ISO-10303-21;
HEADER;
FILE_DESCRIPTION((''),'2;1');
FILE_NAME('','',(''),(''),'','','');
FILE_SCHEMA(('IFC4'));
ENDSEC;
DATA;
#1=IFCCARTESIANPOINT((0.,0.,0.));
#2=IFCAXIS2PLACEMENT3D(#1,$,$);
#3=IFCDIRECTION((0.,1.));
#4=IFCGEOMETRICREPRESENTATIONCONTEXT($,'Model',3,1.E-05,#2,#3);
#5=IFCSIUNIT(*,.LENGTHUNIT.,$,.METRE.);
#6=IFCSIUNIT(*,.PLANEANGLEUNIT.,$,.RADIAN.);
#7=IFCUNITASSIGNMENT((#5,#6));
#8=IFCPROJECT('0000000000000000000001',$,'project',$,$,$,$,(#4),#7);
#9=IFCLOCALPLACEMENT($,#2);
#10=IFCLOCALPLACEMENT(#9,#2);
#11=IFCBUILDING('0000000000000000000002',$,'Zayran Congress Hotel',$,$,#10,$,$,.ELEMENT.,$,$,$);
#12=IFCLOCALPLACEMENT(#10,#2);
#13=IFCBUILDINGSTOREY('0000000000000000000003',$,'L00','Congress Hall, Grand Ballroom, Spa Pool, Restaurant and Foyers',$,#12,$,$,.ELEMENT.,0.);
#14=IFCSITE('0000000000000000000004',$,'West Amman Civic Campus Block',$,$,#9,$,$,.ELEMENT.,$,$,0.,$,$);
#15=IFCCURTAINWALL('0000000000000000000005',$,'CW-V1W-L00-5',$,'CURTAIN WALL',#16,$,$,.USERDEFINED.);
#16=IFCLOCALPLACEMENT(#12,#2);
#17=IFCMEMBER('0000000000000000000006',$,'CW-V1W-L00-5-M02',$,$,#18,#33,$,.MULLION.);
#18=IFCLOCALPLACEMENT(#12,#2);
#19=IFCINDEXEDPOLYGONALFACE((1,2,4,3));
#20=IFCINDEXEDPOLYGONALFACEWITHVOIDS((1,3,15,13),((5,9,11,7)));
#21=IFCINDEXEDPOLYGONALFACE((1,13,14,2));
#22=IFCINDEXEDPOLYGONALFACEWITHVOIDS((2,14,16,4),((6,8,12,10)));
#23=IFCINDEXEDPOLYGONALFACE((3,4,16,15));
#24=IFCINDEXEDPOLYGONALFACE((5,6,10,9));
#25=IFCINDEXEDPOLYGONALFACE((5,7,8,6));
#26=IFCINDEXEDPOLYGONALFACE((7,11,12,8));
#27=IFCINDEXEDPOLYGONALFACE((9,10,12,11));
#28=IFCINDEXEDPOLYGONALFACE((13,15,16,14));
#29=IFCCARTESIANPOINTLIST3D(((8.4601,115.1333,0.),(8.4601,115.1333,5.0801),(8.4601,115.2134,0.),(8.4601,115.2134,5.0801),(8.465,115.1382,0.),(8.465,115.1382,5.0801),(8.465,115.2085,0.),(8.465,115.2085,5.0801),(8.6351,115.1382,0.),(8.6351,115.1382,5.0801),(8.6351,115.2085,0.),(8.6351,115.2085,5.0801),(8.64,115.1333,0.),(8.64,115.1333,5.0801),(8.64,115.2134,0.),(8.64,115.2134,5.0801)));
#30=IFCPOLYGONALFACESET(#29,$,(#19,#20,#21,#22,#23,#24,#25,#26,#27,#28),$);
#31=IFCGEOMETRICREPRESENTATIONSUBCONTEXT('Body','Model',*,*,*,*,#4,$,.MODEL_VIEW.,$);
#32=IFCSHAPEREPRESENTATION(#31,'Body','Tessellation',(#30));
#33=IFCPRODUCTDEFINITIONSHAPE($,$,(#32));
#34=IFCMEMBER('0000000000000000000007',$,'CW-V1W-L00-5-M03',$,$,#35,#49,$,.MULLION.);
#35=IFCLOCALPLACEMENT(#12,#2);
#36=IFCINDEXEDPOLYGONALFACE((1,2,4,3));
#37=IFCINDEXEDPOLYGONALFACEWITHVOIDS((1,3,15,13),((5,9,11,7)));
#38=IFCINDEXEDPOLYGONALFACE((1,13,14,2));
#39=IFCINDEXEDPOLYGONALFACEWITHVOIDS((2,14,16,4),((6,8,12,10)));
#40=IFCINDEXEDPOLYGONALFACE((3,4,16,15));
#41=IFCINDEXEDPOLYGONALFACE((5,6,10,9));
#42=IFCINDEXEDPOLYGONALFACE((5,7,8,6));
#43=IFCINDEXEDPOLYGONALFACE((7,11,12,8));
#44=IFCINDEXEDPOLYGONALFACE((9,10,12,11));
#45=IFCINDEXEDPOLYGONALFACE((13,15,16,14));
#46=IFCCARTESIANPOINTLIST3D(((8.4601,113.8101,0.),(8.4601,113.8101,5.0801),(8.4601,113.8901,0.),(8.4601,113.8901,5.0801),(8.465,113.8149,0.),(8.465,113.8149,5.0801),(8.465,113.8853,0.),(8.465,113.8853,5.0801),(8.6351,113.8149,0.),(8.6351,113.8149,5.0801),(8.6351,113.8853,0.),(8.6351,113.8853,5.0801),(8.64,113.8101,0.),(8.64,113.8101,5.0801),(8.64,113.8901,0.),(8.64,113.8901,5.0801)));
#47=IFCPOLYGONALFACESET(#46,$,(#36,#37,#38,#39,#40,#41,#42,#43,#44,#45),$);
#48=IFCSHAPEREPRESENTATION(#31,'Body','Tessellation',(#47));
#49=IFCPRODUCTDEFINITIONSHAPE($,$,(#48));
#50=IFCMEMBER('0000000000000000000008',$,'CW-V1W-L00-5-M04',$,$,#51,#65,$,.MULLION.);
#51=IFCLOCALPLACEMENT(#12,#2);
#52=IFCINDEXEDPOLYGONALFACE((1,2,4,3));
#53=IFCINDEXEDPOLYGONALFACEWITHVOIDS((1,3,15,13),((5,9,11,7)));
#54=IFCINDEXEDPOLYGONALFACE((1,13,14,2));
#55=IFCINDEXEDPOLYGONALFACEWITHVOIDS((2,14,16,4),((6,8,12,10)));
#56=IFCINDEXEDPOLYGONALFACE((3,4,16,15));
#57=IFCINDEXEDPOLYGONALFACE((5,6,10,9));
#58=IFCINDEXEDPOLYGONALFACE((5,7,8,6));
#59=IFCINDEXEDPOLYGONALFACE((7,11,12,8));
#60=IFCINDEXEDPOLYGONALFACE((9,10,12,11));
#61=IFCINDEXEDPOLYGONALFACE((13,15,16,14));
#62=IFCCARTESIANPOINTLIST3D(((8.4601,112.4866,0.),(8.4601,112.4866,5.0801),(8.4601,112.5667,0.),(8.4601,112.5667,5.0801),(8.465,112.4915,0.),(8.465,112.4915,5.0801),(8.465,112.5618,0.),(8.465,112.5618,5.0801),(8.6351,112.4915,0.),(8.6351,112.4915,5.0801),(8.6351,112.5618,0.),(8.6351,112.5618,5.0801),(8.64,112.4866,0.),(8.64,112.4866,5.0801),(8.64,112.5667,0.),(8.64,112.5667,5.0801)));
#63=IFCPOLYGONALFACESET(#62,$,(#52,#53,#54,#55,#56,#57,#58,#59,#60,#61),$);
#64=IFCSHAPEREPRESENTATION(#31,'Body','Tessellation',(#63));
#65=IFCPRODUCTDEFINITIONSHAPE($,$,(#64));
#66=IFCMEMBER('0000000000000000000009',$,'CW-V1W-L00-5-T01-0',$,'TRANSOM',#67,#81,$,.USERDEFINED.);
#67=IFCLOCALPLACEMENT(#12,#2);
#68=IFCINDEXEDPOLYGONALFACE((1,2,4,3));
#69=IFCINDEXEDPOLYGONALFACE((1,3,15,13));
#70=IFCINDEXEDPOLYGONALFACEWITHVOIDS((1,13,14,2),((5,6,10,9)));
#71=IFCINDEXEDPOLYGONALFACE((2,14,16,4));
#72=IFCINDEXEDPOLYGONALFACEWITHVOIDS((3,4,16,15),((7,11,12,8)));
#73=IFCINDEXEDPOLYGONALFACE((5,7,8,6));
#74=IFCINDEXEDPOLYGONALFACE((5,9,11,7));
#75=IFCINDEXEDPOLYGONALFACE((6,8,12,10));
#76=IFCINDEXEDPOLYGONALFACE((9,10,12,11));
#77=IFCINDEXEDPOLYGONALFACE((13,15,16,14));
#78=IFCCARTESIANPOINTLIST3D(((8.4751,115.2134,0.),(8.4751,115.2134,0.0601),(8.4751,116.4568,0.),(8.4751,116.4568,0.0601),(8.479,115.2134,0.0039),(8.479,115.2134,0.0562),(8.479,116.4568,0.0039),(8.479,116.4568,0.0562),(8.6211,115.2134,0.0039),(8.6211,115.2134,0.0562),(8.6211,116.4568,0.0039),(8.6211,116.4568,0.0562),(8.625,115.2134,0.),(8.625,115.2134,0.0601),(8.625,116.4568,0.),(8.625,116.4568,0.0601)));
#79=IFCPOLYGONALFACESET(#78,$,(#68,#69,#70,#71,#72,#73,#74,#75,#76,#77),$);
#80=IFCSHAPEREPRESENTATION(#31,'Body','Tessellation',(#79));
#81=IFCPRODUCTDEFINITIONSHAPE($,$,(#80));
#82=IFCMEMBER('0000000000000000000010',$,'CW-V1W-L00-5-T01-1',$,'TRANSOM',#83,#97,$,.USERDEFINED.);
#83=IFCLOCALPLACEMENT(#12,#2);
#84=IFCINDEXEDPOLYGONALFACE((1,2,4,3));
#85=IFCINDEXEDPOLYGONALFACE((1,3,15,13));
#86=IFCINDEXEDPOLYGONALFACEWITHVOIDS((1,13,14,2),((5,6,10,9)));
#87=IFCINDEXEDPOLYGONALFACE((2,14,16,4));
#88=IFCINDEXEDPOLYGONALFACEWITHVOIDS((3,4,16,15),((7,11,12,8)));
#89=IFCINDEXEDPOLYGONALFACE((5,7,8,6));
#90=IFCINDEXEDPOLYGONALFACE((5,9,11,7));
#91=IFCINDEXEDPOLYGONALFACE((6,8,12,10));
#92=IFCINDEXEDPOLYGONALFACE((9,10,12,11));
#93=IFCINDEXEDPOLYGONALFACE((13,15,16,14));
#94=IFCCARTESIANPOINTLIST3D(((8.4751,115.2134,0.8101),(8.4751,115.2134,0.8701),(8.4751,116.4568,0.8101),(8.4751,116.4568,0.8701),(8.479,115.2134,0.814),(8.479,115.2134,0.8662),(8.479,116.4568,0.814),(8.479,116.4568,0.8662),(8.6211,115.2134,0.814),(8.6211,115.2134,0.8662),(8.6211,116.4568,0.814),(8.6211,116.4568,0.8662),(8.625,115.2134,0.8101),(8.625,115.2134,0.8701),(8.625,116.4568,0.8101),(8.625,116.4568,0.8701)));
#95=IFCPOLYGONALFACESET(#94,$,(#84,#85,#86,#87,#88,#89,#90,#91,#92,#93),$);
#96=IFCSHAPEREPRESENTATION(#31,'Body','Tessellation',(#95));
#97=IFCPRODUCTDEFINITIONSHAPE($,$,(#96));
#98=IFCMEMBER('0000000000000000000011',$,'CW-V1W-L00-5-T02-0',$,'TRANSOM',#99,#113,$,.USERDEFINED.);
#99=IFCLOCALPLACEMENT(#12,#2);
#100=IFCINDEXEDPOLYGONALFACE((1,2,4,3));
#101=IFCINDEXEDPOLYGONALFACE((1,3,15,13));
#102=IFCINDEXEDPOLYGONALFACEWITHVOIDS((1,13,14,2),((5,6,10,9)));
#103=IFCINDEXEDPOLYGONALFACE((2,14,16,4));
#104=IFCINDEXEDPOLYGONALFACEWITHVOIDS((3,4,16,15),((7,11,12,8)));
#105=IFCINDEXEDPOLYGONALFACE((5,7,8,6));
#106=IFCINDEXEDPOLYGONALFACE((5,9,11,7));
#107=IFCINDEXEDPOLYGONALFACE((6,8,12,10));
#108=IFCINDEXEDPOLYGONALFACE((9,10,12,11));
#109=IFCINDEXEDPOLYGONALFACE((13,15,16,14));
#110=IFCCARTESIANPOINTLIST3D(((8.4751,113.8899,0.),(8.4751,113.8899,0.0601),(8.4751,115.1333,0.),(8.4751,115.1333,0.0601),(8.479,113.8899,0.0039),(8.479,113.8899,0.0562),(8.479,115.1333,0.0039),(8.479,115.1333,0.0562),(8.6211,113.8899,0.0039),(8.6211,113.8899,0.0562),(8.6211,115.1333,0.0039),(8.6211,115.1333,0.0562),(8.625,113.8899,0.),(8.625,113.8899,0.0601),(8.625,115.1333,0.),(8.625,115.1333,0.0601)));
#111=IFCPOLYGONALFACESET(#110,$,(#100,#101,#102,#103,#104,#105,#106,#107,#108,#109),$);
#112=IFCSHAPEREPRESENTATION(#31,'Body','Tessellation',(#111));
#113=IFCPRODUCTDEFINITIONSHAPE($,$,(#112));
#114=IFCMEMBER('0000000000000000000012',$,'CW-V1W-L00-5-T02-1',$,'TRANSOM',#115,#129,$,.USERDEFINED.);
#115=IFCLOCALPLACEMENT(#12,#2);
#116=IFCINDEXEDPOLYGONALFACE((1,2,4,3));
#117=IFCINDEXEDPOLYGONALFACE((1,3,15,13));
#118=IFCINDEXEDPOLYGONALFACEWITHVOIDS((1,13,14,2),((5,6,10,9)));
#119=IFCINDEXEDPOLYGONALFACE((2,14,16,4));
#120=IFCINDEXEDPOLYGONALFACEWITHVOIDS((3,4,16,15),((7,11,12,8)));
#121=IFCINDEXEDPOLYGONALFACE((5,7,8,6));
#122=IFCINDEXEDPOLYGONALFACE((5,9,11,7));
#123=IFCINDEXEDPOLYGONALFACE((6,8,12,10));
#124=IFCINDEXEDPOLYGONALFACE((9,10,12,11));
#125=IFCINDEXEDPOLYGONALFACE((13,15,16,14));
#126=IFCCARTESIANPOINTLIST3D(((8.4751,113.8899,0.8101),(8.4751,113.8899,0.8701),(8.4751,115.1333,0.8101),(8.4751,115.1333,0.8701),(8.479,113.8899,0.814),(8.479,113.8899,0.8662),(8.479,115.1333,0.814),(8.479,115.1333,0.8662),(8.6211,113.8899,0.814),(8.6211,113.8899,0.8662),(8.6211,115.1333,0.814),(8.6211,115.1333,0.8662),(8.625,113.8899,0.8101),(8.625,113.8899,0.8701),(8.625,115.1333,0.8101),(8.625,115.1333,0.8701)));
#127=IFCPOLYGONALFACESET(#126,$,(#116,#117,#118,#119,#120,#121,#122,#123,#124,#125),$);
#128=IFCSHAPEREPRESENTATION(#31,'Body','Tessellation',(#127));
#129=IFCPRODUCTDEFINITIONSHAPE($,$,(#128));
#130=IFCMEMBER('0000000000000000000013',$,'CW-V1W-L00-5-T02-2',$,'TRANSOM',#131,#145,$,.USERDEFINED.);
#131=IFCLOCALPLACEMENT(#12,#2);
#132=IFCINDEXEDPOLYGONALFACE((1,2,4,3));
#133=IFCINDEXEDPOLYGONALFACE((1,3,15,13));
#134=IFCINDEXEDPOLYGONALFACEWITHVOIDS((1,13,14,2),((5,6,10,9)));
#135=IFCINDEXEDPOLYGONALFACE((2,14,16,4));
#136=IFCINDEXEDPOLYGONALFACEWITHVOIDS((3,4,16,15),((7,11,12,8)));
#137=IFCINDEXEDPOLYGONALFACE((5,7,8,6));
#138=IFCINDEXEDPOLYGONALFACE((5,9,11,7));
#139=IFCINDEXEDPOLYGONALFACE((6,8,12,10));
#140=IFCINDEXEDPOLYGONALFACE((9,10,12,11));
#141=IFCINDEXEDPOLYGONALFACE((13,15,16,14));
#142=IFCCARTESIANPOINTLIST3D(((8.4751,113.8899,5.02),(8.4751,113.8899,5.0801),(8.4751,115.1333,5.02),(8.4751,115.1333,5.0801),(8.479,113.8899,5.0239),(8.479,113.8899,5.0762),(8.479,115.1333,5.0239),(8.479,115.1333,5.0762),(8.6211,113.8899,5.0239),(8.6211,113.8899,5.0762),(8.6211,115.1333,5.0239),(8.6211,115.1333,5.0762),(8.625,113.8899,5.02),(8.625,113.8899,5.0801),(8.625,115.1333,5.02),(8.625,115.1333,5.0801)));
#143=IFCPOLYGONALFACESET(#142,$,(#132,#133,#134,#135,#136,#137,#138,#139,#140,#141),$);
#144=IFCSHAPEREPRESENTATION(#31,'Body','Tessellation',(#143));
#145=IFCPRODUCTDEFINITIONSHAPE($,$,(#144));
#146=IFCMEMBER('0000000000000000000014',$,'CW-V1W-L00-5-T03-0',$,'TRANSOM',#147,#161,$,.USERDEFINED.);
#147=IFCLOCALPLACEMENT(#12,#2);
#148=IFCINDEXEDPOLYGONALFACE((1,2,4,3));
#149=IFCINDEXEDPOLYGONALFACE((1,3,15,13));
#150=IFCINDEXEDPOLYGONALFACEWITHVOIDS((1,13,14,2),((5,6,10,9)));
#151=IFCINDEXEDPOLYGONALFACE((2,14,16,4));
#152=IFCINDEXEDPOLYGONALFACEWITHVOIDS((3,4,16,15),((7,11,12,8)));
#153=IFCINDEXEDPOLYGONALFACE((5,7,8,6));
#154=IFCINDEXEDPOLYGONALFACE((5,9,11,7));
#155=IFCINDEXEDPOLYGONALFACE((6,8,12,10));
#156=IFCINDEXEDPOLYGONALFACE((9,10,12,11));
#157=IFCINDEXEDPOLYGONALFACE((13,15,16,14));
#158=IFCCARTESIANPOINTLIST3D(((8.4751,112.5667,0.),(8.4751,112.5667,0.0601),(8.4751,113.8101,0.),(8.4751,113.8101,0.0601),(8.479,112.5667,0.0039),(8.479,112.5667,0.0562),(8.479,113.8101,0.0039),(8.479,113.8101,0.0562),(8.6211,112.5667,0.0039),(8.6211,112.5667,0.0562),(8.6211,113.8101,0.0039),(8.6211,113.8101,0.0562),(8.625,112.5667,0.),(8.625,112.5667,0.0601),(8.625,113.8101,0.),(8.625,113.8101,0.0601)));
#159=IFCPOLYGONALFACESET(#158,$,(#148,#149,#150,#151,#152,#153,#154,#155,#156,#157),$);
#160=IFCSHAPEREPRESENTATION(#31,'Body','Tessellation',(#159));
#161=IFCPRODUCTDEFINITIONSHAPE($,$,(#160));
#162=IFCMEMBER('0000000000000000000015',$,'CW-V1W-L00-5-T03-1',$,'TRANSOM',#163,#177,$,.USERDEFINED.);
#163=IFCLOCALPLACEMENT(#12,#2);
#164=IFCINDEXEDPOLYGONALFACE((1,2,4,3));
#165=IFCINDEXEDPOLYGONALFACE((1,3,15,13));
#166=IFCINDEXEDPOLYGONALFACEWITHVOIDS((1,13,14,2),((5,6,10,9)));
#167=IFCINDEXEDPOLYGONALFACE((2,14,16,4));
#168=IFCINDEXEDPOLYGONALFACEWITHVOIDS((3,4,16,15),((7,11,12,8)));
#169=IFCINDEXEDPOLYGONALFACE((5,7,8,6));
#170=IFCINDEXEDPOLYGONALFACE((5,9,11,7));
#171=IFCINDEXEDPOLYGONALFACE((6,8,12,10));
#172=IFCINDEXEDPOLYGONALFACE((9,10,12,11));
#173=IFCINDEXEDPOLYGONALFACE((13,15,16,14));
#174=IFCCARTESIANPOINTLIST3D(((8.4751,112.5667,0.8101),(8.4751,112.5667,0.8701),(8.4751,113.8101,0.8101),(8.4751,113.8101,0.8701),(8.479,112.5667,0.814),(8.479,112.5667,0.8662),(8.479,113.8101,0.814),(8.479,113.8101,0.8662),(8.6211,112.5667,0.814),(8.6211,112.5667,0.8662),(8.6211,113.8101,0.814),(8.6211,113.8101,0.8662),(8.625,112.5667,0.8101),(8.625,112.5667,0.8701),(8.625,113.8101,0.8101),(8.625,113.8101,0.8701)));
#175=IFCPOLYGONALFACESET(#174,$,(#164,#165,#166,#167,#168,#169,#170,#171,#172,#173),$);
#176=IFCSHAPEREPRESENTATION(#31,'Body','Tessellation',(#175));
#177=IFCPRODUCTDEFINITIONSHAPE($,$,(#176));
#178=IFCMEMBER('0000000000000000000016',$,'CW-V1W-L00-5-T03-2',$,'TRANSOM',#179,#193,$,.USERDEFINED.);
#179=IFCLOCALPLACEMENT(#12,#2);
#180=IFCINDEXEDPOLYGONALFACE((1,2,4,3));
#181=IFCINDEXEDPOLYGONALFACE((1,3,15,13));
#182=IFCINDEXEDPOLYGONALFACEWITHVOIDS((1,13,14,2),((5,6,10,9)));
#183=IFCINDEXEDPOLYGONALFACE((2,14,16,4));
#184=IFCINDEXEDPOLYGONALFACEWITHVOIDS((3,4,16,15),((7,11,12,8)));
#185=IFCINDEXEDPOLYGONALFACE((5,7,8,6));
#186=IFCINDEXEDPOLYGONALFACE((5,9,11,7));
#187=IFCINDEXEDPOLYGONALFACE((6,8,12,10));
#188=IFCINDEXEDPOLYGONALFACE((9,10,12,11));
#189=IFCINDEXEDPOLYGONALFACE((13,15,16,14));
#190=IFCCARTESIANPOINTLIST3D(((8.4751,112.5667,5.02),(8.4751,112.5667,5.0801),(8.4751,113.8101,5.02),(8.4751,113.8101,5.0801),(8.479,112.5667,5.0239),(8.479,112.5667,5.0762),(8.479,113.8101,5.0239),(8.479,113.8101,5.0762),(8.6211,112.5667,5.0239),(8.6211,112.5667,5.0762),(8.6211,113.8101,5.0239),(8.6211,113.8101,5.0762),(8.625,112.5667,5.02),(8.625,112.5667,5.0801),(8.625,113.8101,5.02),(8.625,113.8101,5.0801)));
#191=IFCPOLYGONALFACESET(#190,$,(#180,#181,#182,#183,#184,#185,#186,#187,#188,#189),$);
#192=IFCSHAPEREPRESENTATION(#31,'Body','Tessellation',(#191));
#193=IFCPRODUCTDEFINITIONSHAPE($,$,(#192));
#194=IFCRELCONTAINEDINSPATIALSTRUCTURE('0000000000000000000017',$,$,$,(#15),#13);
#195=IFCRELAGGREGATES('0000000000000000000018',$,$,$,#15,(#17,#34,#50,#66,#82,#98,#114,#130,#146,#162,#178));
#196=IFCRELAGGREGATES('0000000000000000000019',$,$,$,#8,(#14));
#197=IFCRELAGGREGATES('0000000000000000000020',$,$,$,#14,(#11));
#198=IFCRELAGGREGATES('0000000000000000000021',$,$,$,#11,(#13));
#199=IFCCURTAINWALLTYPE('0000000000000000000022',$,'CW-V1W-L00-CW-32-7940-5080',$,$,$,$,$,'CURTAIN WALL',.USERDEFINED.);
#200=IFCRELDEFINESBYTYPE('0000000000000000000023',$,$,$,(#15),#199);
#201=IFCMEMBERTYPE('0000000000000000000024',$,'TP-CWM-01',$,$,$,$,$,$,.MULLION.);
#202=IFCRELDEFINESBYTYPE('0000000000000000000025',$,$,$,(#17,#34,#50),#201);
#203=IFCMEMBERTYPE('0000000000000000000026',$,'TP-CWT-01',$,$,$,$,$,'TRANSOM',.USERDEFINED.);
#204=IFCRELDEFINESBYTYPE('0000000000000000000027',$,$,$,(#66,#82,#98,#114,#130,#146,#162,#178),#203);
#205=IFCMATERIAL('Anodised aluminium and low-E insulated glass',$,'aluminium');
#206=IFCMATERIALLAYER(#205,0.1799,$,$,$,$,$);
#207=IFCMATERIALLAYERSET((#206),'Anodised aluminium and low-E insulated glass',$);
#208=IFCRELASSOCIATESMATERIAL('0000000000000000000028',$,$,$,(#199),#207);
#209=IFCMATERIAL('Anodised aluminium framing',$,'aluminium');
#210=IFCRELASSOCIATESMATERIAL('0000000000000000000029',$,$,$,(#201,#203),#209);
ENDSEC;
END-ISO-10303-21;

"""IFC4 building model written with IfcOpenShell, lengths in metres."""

from ifc_helpers import new_model, si_unit, direction, frame, origin, origin_2d, place, context, subcontext, project, spatial, hollow_rectangle, extrude, material, layer, layer_set, material_profile, profile_set, type_object, element, aggregate, save


model = new_model("IFC4")

# Units and contexts
model_context = context("Model", 3, precision=1e-05, world=origin(), true_north=direction((0.0, 1.0)))
body_context = subcontext(model_context, "Body", "Model", "MODEL_VIEW")
ifc_project = project(units=[si_unit("LENGTHUNIT", "METRE"), si_unit("PLANEANGLEUNIT", "RADIAN")], contexts=[model_context])

# Site, building, storey
site_placement = place(None, origin())
site = spatial("IfcSite", under=ifc_project, at=site_placement, Name="West Amman Civic Campus Block", CompositionType="ELEMENT", RefElevation=0.0)
building_placement = place(site_placement, origin())
building = spatial("IfcBuilding", under=site, at=building_placement, Name="Zayran Congress Hotel", CompositionType="ELEMENT")
storey_placement = place(building_placement, origin())
storey = spatial("IfcBuildingStorey", under=building, at=storey_placement, Name="L00", Description="Congress Hall, Grand Ballroom, Spa Pool, Restaurant and Foyers", CompositionType="ELEMENT", Elevation=0.0)

# Curtain wall, members
ifc_material_1 = material(Name="Anodised aluminium and low-E insulated glass", Category="aluminium")
ifc_layer_1 = layer(ifc_material_1, 0.1799)
ifc_layer_set_1 = layer_set([ifc_layer_1], Name="Anodised aluminium and low-E insulated glass")
curtain_wall_type = type_object("IfcCurtainWallType", Name="CW-V1W-L00-CW-32-7940-5080", ElementType="CURTAIN WALL", PredefinedType="USERDEFINED", material=ifc_layer_set_1)
curtain_wall_placement = place(storey_placement, origin())
curtain_wall = element("IfcCurtainWall", 1, at=curtain_wall_placement, inside=storey, type_object=curtain_wall_type, Name="CW-V1W-L00-5", ObjectType="CURTAIN WALL", PredefinedType="USERDEFINED")
ifc_material_2 = material(Name="Anodised aluminium framing", Category="aluminium")
ifc_material_profile_1 = material_profile(ifc_material_2, hollow_rectangle(XDim=0.0801, YDim=0.1799, WallThickness=0.0049, at=origin_2d()), Name="RHS 180x80x5")
ifc_profile_set_1 = profile_set([ifc_material_profile_1], Name="Anodised aluminium framing")
member_type_1 = type_object("IfcMemberType", Name="TP-CWM-01", PredefinedType="MULLION", material=ifc_profile_set_1)
member_1_placement = place(storey_placement, frame((8.55, 115.1733, 0.0), z_axis=(0.0, 0.0, 1.0), x_axis=(0.0, 1.0, 0.0)))
member_1 = element("IfcMember", 2, at=member_1_placement, type_object=member_type_1, Name="CW-V1W-L00-5-M02", PredefinedType="MULLION", context=body_context, shape_type="SweptSolid", body=[
    extrude(hollow_rectangle(XDim=0.0801, YDim=0.1799, WallThickness=0.0049, at=origin_2d()), origin(), (0.0, 0.0, 1.0), 5.0801),
])
member_2_placement = place(storey_placement, frame((8.55, 113.8501, 0.0), z_axis=(0.0, 0.0, 1.0), x_axis=(0.0, 1.0, 0.0)))
member_2 = element("IfcMember", 3, at=member_2_placement, type_object=member_type_1, Name="CW-V1W-L00-5-M03", PredefinedType="MULLION", context=body_context, shape_type="SweptSolid", body=[
    extrude(hollow_rectangle(XDim=0.0801, YDim=0.1799, WallThickness=0.0049, at=origin_2d()), origin(), (0.0, 0.0, 1.0), 5.0801),
])
member_3_placement = place(storey_placement, frame((8.55, 112.5266, 0.0), z_axis=(0.0, 0.0, 1.0), x_axis=(0.0, 1.0, 0.0)))
member_3 = element("IfcMember", 4, at=member_3_placement, type_object=member_type_1, Name="CW-V1W-L00-5-M04", PredefinedType="MULLION", context=body_context, shape_type="SweptSolid", body=[
    extrude(hollow_rectangle(XDim=0.0801, YDim=0.1799, WallThickness=0.0049, at=origin_2d()), origin(), (0.0, 0.0, 1.0), 5.0801),
])
ifc_material_profile_2 = material_profile(ifc_material_2, hollow_rectangle(XDim=0.0601, YDim=0.1499, WallThickness=0.0039, at=origin_2d()), Name="RHS 150x60x4")
ifc_profile_set_2 = profile_set([ifc_material_profile_2], Name="Anodised aluminium framing")
member_type_2 = type_object("IfcMemberType", Name="TP-CWT-01", ElementType="TRANSOM", PredefinedType="USERDEFINED", material=ifc_profile_set_2)
member_4_placement = place(storey_placement, frame((8.55, 116.4568, 0.03), z_axis=(0.0, -1.0, 0.0), x_axis=(0.0, 0.0, 1.0)))
member_4 = element("IfcMember", 5, at=member_4_placement, type_object=member_type_2, Name="CW-V1W-L00-5-T01-0", ObjectType="TRANSOM", PredefinedType="USERDEFINED", context=body_context, shape_type="SweptSolid", body=[
    extrude(hollow_rectangle(XDim=0.0601, YDim=0.1499, WallThickness=0.0039, at=origin_2d()), origin(), (0.0, 0.0, 1.0), 1.2434),
])
member_5_placement = place(storey_placement, frame((8.55, 116.4568, 0.8401), z_axis=(0.0, -1.0, 0.0), x_axis=(0.0, 0.0, 1.0)))
member_5 = element("IfcMember", 6, at=member_5_placement, type_object=member_type_2, Name="CW-V1W-L00-5-T01-1", ObjectType="TRANSOM", PredefinedType="USERDEFINED", context=body_context, shape_type="SweptSolid", body=[
    extrude(hollow_rectangle(XDim=0.0601, YDim=0.1499, WallThickness=0.0039, at=origin_2d()), origin(), (0.0, 0.0, 1.0), 1.2434),
])
member_6_placement = place(storey_placement, frame((8.55, 115.1333, 0.03), z_axis=(0.0, -1.0, 0.0), x_axis=(0.0, 0.0, 1.0)))
member_6 = element("IfcMember", 7, at=member_6_placement, type_object=member_type_2, Name="CW-V1W-L00-5-T02-0", ObjectType="TRANSOM", PredefinedType="USERDEFINED", context=body_context, shape_type="SweptSolid", body=[
    extrude(hollow_rectangle(XDim=0.0601, YDim=0.1499, WallThickness=0.0039, at=origin_2d()), origin(), (0.0, 0.0, 1.0), 1.2434),
])
member_7_placement = place(storey_placement, frame((8.55, 115.1333, 0.8401), z_axis=(0.0, -1.0, 0.0), x_axis=(0.0, 0.0, 1.0)))
member_7 = element("IfcMember", 8, at=member_7_placement, type_object=member_type_2, Name="CW-V1W-L00-5-T02-1", ObjectType="TRANSOM", PredefinedType="USERDEFINED", context=body_context, shape_type="SweptSolid", body=[
    extrude(hollow_rectangle(XDim=0.0601, YDim=0.1499, WallThickness=0.0039, at=origin_2d()), origin(), (0.0, 0.0, 1.0), 1.2434),
])
member_8_placement = place(storey_placement, frame((8.55, 115.1333, 5.05), z_axis=(0.0, -1.0, 0.0), x_axis=(0.0, 0.0, 1.0)))
member_8 = element("IfcMember", 9, at=member_8_placement, type_object=member_type_2, Name="CW-V1W-L00-5-T02-2", ObjectType="TRANSOM", PredefinedType="USERDEFINED", context=body_context, shape_type="SweptSolid", body=[
    extrude(hollow_rectangle(XDim=0.0601, YDim=0.1499, WallThickness=0.0039, at=origin_2d()), origin(), (0.0, 0.0, 1.0), 1.2434),
])
member_9_placement = place(storey_placement, frame((8.55, 113.8101, 0.03), z_axis=(0.0, -1.0, 0.0), x_axis=(0.0, 0.0, 1.0)))
member_9 = element("IfcMember", 10, at=member_9_placement, type_object=member_type_2, Name="CW-V1W-L00-5-T03-0", ObjectType="TRANSOM", PredefinedType="USERDEFINED", context=body_context, shape_type="SweptSolid", body=[
    extrude(hollow_rectangle(XDim=0.0601, YDim=0.1499, WallThickness=0.0039, at=origin_2d()), origin(), (0.0, 0.0, 1.0), 1.2434),
])
member_10_placement = place(storey_placement, frame((8.55, 113.8101, 0.8401), z_axis=(0.0, -1.0, 0.0), x_axis=(0.0, 0.0, 1.0)))
member_10 = element("IfcMember", 11, at=member_10_placement, type_object=member_type_2, Name="CW-V1W-L00-5-T03-1", ObjectType="TRANSOM", PredefinedType="USERDEFINED", context=body_context, shape_type="SweptSolid", body=[
    extrude(hollow_rectangle(XDim=0.0601, YDim=0.1499, WallThickness=0.0039, at=origin_2d()), origin(), (0.0, 0.0, 1.0), 1.2434),
])
member_11_placement = place(storey_placement, frame((8.55, 113.8101, 5.05), z_axis=(0.0, -1.0, 0.0), x_axis=(0.0, 0.0, 1.0)))
member_11 = element("IfcMember", 12, at=member_11_placement, type_object=member_type_2, Name="CW-V1W-L00-5-T03-2", ObjectType="TRANSOM", PredefinedType="USERDEFINED", context=body_context, shape_type="SweptSolid", body=[
    extrude(hollow_rectangle(XDim=0.0601, YDim=0.1499, WallThickness=0.0039, at=origin_2d()), origin(), (0.0, 0.0, 1.0), 1.2434),
])
aggregate(curtain_wall, [member_1, member_2, member_3, member_4, member_5, member_6, member_7, member_8, member_9, member_10, member_11])

save(model, "model.ifc")
